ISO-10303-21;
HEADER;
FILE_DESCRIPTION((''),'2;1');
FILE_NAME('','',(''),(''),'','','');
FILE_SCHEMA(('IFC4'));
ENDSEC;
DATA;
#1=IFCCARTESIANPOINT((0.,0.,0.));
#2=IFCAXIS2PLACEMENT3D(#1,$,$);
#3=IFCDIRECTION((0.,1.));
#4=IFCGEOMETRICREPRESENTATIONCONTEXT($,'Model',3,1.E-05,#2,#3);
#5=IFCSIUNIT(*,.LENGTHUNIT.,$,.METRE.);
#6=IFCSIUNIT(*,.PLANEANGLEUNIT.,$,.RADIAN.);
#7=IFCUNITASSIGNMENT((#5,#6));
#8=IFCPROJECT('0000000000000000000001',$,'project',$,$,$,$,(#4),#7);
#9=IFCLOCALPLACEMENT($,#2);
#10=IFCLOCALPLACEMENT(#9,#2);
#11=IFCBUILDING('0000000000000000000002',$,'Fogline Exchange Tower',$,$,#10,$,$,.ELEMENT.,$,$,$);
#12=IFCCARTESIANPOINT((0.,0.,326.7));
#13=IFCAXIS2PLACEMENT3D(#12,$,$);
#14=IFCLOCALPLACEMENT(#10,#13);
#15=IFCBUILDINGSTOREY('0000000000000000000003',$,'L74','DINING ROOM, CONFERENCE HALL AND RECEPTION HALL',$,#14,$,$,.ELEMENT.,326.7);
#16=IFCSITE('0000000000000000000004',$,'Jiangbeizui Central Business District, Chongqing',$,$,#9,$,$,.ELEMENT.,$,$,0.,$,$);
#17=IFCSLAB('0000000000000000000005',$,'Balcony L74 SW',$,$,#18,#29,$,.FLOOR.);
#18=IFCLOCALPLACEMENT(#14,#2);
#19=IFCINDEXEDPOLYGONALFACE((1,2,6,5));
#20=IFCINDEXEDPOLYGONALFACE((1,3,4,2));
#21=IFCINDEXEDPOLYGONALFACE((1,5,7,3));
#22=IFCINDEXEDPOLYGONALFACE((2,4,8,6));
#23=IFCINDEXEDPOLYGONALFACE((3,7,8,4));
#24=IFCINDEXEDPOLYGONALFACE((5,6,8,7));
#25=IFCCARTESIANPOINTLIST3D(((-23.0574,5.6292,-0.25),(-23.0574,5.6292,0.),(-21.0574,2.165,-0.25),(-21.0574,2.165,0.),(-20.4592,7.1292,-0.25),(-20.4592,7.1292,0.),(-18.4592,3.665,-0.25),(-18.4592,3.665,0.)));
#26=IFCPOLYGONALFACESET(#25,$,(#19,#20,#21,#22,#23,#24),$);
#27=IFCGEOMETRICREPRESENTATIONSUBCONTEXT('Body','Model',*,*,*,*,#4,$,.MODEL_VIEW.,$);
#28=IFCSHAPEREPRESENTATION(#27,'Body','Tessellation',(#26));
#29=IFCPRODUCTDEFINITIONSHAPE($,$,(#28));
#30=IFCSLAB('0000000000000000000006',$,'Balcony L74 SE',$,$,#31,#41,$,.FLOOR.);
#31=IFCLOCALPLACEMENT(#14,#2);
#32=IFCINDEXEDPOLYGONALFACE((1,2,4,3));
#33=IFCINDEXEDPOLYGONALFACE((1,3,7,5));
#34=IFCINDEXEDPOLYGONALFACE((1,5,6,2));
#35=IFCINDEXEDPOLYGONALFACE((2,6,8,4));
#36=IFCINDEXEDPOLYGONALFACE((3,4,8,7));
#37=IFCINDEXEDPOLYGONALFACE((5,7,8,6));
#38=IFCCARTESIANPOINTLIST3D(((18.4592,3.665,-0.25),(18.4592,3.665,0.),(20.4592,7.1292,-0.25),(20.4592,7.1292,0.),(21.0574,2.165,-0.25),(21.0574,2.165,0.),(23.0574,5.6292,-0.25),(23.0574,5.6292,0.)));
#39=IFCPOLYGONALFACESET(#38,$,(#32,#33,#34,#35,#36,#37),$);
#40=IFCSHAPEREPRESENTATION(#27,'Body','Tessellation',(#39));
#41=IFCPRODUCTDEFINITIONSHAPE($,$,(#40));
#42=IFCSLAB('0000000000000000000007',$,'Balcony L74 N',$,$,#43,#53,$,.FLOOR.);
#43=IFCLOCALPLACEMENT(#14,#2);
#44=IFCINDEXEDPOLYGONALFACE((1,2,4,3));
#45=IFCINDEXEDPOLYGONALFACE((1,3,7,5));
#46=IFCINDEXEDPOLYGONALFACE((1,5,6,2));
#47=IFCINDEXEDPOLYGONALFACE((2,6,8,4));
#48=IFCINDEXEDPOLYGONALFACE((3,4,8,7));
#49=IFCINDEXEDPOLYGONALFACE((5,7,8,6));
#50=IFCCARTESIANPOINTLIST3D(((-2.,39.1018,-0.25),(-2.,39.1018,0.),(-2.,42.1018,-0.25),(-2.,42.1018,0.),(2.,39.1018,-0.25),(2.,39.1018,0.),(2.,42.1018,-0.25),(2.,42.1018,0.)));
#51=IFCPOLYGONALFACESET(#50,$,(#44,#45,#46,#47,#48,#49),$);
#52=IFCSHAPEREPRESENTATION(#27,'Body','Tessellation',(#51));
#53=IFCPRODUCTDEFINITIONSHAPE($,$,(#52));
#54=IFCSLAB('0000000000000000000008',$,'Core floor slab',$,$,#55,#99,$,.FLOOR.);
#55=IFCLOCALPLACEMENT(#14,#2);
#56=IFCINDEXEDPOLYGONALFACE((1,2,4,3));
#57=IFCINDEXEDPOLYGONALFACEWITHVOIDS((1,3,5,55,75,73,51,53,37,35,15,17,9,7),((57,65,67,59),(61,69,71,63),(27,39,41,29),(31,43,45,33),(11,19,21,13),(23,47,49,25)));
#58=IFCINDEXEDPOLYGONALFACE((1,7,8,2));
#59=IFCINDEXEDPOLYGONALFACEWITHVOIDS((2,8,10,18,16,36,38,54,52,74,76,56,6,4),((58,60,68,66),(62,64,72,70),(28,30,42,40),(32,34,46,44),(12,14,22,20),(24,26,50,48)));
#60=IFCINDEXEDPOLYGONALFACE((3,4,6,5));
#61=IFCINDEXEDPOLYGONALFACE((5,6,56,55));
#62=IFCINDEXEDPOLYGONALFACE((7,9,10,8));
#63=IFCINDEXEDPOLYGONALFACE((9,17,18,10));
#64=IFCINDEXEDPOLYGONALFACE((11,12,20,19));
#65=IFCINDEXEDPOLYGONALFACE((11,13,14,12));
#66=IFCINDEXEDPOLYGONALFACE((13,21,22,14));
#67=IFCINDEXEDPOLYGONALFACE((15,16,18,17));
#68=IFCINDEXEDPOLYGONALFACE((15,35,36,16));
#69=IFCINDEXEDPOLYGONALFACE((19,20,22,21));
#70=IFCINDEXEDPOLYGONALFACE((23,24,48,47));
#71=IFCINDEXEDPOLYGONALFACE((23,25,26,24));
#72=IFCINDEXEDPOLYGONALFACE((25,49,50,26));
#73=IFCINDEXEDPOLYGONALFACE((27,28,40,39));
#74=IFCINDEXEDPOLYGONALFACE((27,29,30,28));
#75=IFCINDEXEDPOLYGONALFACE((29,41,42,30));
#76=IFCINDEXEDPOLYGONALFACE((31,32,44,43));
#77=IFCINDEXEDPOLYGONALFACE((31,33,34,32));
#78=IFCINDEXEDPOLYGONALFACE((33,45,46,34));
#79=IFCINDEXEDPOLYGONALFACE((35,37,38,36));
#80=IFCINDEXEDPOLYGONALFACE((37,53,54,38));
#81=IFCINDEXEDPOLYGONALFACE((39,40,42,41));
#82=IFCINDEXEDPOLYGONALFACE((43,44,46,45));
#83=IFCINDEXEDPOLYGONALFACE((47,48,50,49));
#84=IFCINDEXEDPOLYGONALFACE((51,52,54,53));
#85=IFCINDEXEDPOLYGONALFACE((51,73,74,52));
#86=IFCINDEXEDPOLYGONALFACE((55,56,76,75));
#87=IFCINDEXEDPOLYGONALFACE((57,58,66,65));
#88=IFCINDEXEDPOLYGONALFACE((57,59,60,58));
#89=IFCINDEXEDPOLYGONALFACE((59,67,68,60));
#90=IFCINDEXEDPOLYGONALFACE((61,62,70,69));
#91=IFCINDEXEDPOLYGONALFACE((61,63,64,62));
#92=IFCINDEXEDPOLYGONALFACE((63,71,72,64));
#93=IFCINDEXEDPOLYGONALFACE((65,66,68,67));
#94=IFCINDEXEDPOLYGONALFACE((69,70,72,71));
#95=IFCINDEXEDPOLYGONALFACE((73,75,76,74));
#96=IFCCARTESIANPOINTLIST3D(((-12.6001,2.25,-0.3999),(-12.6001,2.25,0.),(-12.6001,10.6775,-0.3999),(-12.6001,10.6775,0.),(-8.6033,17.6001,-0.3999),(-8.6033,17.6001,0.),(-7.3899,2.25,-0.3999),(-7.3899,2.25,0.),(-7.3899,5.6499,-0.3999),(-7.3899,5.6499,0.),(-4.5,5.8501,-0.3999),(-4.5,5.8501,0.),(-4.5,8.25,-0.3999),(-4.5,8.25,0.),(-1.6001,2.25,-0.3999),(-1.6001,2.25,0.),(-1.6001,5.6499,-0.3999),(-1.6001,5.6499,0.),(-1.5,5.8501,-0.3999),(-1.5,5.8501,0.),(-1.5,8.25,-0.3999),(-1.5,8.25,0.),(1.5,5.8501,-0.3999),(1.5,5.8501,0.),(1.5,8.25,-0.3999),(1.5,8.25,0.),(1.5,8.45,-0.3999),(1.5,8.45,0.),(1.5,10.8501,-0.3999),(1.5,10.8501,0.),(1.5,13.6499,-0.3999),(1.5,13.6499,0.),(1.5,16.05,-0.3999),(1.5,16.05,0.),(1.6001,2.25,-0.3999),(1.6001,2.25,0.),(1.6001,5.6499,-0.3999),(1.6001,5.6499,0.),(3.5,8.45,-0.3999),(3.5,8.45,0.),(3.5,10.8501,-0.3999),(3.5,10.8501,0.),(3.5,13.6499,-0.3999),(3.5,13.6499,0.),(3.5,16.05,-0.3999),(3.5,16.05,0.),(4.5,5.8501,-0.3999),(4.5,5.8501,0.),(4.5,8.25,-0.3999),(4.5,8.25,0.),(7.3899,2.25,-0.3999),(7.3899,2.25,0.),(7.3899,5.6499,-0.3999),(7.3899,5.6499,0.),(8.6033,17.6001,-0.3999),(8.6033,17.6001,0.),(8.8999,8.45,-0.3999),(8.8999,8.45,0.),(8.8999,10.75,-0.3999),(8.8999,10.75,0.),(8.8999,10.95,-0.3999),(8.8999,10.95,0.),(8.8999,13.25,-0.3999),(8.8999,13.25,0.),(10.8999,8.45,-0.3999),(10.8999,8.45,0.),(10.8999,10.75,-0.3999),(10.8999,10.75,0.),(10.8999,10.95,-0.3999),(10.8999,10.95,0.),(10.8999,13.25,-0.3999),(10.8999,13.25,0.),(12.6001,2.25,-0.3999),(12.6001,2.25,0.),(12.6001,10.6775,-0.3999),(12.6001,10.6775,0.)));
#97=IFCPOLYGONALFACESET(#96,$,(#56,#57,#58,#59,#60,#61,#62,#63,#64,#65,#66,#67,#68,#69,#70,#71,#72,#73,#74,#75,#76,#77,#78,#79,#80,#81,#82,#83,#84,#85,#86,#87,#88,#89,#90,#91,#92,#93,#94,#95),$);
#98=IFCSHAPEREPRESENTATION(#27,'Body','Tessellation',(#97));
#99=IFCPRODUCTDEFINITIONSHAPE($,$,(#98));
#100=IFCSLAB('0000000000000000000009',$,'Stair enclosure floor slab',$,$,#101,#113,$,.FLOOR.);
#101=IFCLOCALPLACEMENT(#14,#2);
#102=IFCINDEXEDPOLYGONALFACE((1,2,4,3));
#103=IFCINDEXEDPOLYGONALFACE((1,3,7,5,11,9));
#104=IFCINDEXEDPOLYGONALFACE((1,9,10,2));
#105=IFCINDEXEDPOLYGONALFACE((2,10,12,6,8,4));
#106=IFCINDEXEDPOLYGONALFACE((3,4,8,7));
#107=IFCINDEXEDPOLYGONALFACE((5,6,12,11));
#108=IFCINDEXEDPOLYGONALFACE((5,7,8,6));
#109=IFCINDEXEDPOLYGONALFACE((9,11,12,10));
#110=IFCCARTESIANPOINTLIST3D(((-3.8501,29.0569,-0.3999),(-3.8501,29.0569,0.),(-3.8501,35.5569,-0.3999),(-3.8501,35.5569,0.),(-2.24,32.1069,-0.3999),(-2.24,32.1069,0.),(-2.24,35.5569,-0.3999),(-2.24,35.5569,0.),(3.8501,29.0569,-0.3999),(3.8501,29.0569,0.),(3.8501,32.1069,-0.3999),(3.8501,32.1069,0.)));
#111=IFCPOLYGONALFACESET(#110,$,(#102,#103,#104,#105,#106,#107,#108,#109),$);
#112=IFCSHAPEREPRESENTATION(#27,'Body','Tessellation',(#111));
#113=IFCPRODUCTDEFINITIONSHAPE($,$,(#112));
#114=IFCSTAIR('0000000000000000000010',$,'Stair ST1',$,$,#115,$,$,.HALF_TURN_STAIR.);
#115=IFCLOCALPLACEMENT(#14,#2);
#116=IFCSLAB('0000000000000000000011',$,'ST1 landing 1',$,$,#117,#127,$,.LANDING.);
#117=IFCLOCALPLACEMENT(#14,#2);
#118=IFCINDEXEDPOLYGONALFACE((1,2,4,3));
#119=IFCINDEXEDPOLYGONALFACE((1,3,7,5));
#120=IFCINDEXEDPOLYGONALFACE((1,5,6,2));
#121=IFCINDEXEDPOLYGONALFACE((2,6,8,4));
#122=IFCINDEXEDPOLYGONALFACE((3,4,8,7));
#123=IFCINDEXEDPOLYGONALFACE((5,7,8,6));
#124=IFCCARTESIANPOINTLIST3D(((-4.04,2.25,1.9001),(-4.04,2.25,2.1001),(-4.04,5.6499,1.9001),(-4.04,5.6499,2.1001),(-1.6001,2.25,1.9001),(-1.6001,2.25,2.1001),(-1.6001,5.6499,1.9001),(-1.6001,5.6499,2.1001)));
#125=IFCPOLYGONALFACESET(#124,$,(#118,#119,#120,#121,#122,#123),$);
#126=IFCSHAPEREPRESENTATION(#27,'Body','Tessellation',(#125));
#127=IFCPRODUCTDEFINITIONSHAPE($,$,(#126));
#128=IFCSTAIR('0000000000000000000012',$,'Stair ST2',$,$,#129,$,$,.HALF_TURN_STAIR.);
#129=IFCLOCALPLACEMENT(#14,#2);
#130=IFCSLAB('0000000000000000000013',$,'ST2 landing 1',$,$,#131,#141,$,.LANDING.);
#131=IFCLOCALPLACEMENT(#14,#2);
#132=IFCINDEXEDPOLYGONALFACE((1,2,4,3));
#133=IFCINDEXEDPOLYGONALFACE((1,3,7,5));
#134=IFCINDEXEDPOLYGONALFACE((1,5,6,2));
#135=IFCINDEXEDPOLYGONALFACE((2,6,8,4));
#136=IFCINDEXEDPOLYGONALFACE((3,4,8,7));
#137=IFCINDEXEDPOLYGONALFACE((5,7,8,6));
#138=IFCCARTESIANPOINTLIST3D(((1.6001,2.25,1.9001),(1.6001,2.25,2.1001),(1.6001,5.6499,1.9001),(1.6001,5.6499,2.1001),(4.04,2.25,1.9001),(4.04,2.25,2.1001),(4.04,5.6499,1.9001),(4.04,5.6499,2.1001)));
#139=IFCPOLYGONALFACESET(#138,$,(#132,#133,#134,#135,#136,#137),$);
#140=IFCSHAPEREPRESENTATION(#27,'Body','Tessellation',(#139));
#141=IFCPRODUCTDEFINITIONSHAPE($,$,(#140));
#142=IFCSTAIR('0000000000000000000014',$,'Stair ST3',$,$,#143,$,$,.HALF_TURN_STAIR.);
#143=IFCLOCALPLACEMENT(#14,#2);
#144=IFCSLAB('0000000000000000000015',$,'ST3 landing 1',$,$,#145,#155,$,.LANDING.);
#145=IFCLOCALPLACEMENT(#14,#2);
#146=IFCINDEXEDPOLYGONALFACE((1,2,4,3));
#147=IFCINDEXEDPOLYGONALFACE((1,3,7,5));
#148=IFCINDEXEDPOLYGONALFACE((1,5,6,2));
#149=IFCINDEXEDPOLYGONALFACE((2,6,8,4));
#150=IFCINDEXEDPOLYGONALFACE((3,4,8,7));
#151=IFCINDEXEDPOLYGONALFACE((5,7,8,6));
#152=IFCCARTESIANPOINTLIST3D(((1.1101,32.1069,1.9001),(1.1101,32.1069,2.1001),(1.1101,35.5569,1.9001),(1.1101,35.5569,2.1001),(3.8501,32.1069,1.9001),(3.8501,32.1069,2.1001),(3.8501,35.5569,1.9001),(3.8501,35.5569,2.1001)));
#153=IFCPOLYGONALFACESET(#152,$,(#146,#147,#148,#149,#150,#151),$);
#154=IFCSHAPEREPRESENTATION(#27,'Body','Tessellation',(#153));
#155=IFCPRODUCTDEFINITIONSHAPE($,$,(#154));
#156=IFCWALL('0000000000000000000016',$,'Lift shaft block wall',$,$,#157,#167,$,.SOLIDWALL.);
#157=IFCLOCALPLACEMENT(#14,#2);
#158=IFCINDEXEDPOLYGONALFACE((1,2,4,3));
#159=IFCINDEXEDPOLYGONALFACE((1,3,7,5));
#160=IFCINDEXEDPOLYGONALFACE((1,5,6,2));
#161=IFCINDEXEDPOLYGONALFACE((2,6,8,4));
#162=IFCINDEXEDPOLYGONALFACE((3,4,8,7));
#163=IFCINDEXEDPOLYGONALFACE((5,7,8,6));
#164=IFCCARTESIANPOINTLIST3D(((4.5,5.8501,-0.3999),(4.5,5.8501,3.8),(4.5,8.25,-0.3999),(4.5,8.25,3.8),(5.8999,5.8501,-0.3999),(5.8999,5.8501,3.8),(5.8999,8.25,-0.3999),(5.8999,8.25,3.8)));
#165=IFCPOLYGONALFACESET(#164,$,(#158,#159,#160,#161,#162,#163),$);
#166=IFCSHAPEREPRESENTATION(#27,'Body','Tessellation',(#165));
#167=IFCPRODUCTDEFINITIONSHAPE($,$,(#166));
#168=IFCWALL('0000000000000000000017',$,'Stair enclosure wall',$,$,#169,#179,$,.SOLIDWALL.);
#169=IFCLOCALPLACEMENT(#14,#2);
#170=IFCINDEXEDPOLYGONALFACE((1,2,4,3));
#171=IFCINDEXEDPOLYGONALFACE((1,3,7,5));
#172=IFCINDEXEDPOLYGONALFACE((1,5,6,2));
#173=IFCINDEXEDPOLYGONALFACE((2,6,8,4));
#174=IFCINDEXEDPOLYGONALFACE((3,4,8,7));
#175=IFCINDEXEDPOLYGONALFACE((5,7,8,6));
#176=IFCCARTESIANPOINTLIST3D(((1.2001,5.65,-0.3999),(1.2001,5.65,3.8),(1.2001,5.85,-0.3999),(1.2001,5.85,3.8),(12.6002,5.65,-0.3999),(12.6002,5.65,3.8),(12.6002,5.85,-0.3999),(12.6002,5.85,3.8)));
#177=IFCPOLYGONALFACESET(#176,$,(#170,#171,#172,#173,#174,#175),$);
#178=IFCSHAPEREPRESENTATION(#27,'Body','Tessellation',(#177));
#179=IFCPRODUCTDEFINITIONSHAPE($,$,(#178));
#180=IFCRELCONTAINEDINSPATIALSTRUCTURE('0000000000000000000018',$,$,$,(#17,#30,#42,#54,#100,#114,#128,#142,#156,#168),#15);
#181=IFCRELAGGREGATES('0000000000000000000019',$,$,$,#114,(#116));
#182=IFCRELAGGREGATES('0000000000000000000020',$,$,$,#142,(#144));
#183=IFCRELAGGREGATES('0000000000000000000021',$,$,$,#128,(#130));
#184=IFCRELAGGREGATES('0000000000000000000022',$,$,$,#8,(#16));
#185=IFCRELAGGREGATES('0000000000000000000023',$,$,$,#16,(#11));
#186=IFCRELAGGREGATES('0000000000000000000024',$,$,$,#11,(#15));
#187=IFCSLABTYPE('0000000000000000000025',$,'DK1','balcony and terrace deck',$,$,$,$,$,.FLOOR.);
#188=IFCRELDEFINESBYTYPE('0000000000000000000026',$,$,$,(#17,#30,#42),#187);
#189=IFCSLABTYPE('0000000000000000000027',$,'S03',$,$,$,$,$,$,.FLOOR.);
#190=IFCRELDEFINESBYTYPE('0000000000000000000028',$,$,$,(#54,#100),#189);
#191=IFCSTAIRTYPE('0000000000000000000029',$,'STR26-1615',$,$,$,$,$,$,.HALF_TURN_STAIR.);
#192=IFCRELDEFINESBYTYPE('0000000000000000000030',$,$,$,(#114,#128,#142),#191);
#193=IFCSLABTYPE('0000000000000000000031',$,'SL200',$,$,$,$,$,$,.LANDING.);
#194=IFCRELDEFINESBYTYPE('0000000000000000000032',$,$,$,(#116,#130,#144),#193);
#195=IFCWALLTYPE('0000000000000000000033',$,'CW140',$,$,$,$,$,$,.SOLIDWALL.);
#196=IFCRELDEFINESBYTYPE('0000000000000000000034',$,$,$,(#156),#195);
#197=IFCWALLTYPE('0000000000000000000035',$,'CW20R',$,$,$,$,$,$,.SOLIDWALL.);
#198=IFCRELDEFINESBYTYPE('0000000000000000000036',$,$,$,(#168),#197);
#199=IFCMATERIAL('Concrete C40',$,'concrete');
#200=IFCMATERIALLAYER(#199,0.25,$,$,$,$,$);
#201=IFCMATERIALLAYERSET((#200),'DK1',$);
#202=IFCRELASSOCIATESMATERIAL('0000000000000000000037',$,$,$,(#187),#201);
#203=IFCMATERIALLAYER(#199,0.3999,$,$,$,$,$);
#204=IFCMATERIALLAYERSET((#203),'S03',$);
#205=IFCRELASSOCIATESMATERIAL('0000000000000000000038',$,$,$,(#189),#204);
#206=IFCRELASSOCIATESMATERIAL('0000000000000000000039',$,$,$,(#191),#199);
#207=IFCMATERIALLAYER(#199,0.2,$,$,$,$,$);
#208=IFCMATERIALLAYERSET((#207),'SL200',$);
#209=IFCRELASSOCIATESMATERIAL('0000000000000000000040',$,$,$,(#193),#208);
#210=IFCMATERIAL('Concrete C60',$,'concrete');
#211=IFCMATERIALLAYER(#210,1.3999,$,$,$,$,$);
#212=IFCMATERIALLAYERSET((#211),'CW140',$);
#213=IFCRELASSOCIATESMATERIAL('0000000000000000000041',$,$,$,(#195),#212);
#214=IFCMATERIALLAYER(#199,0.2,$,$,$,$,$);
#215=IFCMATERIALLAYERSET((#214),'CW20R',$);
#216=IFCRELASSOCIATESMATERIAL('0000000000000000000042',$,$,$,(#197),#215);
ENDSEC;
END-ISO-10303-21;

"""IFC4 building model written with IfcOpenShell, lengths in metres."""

from ifc_helpers import new_model, si_unit, direction, frame, frame_2d, origin, place, context, subcontext, project, spatial, polyline, rectangle, outline, extrude, material, layer, layer_set, type_object, element, aggregate, save


model = new_model("IFC4")

# Units and contexts
model_context = context("Model", 3, precision=1e-05, world=origin(), true_north=direction((0.0, 1.0)))
body_context = subcontext(model_context, "Body", "Model", "MODEL_VIEW")
ifc_project = project(units=[si_unit("LENGTHUNIT", "METRE"), si_unit("PLANEANGLEUNIT", "RADIAN")], contexts=[model_context])

# Site, building, storey
site_placement = place(None, origin())
site = spatial("IfcSite", under=ifc_project, at=site_placement, Name="Jiangbeizui Central Business District, Chongqing", CompositionType="ELEMENT", RefElevation=0.0)
building_placement = place(site_placement, origin())
building = spatial("IfcBuilding", under=site, at=building_placement, Name="Fogline Exchange Tower", CompositionType="ELEMENT")
storey_placement = place(building_placement, frame((0.0, 0.0, 326.7)))
storey = spatial("IfcBuildingStorey", under=building, at=storey_placement, Name="L74", Description="DINING ROOM, CONFERENCE HALL AND RECEPTION HALL", CompositionType="ELEMENT", Elevation=326.7)

# Slabs
ifc_material_1 = material(Name="Concrete C40", Category="concrete")
ifc_layer_1 = layer(ifc_material_1, 0.25)
ifc_layer_set_1 = layer_set([ifc_layer_1], Name="DK1")
slab_type_1 = type_object("IfcSlabType", Name="DK1", Description="balcony and terrace deck", PredefinedType="FLOOR", material=ifc_layer_set_1)
slab_1_placement = place(storey_placement, frame((0.0, 0.0, -0.25)))
element("IfcSlab", 1, at=slab_1_placement, inside=storey, type_object=slab_type_1, Name="Balcony L74 SW", PredefinedType="FLOOR", context=body_context, shape_type="SweptSolid", body=[
    extrude(outline(polyline([(-23.0574, 5.6292), (-21.0574, 2.165), (-18.4592, 3.665), (-20.4592, 7.1292), (-23.0574, 5.6292)])), origin(), (0.0, 0.0, 1.0), 0.25),
])
slab_2_placement = place(storey_placement, frame((0.0, 0.0, -0.25)))
element("IfcSlab", 2, at=slab_2_placement, inside=storey, type_object=slab_type_1, Name="Balcony L74 SE", PredefinedType="FLOOR", context=body_context, shape_type="SweptSolid", body=[
    extrude(outline(polyline([(21.0574, 2.165), (23.0574, 5.6292), (20.4592, 7.1292), (18.4592, 3.665), (21.0574, 2.165)])), origin(), (0.0, 0.0, 1.0), 0.25),
])
slab_3_placement = place(storey_placement, frame((0.0, 0.0, -0.25)))
element("IfcSlab", 3, at=slab_3_placement, inside=storey, type_object=slab_type_1, Name="Balcony L74 N", PredefinedType="FLOOR", context=body_context, shape_type="SweptSolid", body=[
    extrude(outline(polyline([(2.0, 42.1018), (-2.0, 42.1018), (-2.0, 39.1018), (2.0, 39.1018), (2.0, 42.1018)])), origin(), (0.0, 0.0, 1.0), 0.25),
])
ifc_layer_2 = layer(ifc_material_1, 0.3999)
ifc_layer_set_2 = layer_set([ifc_layer_2], Name="S03")
slab_type_2 = type_object("IfcSlabType", Name="S03", PredefinedType="FLOOR", material=ifc_layer_set_2)
slab_4_placement = place(storey_placement, frame((0.0, 0.0, -0.3999)))
element("IfcSlab", 4, at=slab_4_placement, inside=storey, type_object=slab_type_2, Name="Core floor slab", PredefinedType="FLOOR", context=body_context, shape_type="SweptSolid", body=[
    extrude(outline(polyline([(-12.6001, 2.25), (-12.6001, 10.6775), (-8.6033, 17.6001), (8.6033, 17.6001), (12.6001, 10.6775), (12.6001, 2.25), (7.3899, 2.25), (7.3899, 5.6499), (1.6001, 5.6499), (1.6001, 2.25), (-1.6001, 2.25), (-1.6001, 5.6499), (-7.3899, 5.6499), (-7.3899, 2.25), (-12.6001, 2.25)]), holes=[polyline([(-4.5, 8.25), (-4.5, 5.8501), (-1.5, 5.8501), (-1.5, 8.25), (-4.5, 8.25)]), polyline([(1.5, 8.25), (1.5, 5.8501), (4.5, 5.8501), (4.5, 8.25), (1.5, 8.25)]), polyline([(8.8999, 10.75), (8.8999, 8.45), (10.8999, 8.45), (10.8999, 10.75), (8.8999, 10.75)]), polyline([(1.5, 10.8501), (1.5, 8.45), (3.5, 8.45), (3.5, 10.8501), (1.5, 10.8501)]), polyline([(8.8999, 13.25), (8.8999, 10.95), (10.8999, 10.95), (10.8999, 13.25), (8.8999, 13.25)]), polyline([(1.5, 16.05), (1.5, 13.6499), (3.5, 13.6499), (3.5, 16.05), (1.5, 16.05)])]), origin(), (0.0, 0.0, 1.0), 0.3999),
])
slab_5_placement = place(storey_placement, frame((0.0, 0.0, -0.3999)))
element("IfcSlab", 5, at=slab_5_placement, inside=storey, type_object=slab_type_2, Name="Stair enclosure floor slab", PredefinedType="FLOOR", context=body_context, shape_type="SweptSolid", body=[
    extrude(outline(polyline([(3.8501, 29.0569), (-3.8501, 29.0569), (-3.8501, 35.5569), (-2.24, 35.5569), (-2.24, 32.1069), (3.8501, 32.1069), (3.8501, 29.0569)])), origin(), (0.0, 0.0, 1.0), 0.3999),
])

# Stairs, slabs
stair_type = type_object("IfcStairType", Name="STR26-1615", PredefinedType="HALF_TURN_STAIR", material=ifc_material_1)
stair_1_placement = place(storey_placement, origin())
stair_1 = element("IfcStair", 6, at=stair_1_placement, inside=storey, type_object=stair_type, Name="Stair ST1", PredefinedType="HALF_TURN_STAIR")
ifc_layer_3 = layer(ifc_material_1, 0.2)
ifc_layer_set_3 = layer_set([ifc_layer_3], Name="SL200")
slab_type_3 = type_object("IfcSlabType", Name="SL200", PredefinedType="LANDING", material=ifc_layer_set_3)
slab_6_placement = place(storey_placement, frame((0.0, 0.0, 1.9001)))
slab_6 = element("IfcSlab", 7, at=slab_6_placement, type_object=slab_type_3, Name="ST1 landing 1", PredefinedType="LANDING", context=body_context, shape_type="SweptSolid", body=[
    extrude(outline(polyline([(-4.04, 2.25), (-1.6001, 2.25), (-1.6001, 5.6499), (-4.04, 5.6499), (-4.04, 2.25)])), origin(), (0.0, 0.0, 1.0), 0.2),
])
aggregate(stair_1, [slab_6])
stair_2_placement = place(storey_placement, origin())
stair_2 = element("IfcStair", 8, at=stair_2_placement, inside=storey, type_object=stair_type, Name="Stair ST2", PredefinedType="HALF_TURN_STAIR")
slab_7_placement = place(storey_placement, frame((0.0, 0.0, 1.9001)))
slab_7 = element("IfcSlab", 9, at=slab_7_placement, type_object=slab_type_3, Name="ST2 landing 1", PredefinedType="LANDING", context=body_context, shape_type="SweptSolid", body=[
    extrude(outline(polyline([(1.6001, 2.25), (4.04, 2.25), (4.04, 5.6499), (1.6001, 5.6499), (1.6001, 2.25)])), origin(), (0.0, 0.0, 1.0), 0.2),
])
stair_3_placement = place(storey_placement, origin())
stair_3 = element("IfcStair", 10, at=stair_3_placement, inside=storey, type_object=stair_type, Name="Stair ST3", PredefinedType="HALF_TURN_STAIR")
slab_8_placement = place(storey_placement, frame((0.0, 0.0, 1.9001)))
slab_8 = element("IfcSlab", 11, at=slab_8_placement, type_object=slab_type_3, Name="ST3 landing 1", PredefinedType="LANDING", context=body_context, shape_type="SweptSolid", body=[
    extrude(outline(polyline([(1.1101, 32.1069), (3.8501, 32.1069), (3.8501, 35.5569), (1.1101, 35.5569), (1.1101, 32.1069)])), origin(), (0.0, 0.0, 1.0), 0.2),
])
aggregate(stair_3, [slab_8])

# Walls
ifc_material_2 = material(Name="Concrete C60", Category="concrete")
ifc_layer_4 = layer(ifc_material_2, 1.3999)
ifc_layer_set_4 = layer_set([ifc_layer_4], Name="CW140")
wall_type_1 = type_object("IfcWallType", Name="CW140", PredefinedType="SOLIDWALL", material=ifc_layer_set_4)
wall_1_placement = place(storey_placement, frame((5.2, 5.8501, -0.3999), z_axis=(0.0, 0.0, 1.0), x_axis=(0.0, 1.0, 0.0)))
element("IfcWall", 12, at=wall_1_placement, inside=storey, type_object=wall_type_1, Name="Lift shaft block wall", PredefinedType="SOLIDWALL", context=body_context, shape_type="SweptSolid", body=[
    extrude(rectangle(XDim=2.3999, YDim=1.3999, at=frame_2d((1.2, 0.0))), origin(), (0.0, 0.0, 1.0), 4.2),
])
ifc_layer_5 = layer(ifc_material_1, 0.2)
ifc_layer_set_5 = layer_set([ifc_layer_5], Name="CW20R")
wall_type_2 = type_object("IfcWallType", Name="CW20R", PredefinedType="SOLIDWALL", material=ifc_layer_set_5)
wall_2_placement = place(storey_placement, frame((1.2, 5.75, -0.3999), z_axis=(0.0, 0.0, 1.0), x_axis=(1.0, 0.0, 0.0)))
element("IfcWall", 13, at=wall_2_placement, inside=storey, type_object=wall_type_2, Name="Stair enclosure wall", PredefinedType="SOLIDWALL", context=body_context, shape_type="SweptSolid", body=[
    extrude(rectangle(XDim=11.4001, YDim=0.2, at=frame_2d((5.7002, 0.0))), origin(), (0.0, 0.0, 1.0), 4.2),
])

aggregate(stair_2, [slab_7])

save(model, "model.ifc")
